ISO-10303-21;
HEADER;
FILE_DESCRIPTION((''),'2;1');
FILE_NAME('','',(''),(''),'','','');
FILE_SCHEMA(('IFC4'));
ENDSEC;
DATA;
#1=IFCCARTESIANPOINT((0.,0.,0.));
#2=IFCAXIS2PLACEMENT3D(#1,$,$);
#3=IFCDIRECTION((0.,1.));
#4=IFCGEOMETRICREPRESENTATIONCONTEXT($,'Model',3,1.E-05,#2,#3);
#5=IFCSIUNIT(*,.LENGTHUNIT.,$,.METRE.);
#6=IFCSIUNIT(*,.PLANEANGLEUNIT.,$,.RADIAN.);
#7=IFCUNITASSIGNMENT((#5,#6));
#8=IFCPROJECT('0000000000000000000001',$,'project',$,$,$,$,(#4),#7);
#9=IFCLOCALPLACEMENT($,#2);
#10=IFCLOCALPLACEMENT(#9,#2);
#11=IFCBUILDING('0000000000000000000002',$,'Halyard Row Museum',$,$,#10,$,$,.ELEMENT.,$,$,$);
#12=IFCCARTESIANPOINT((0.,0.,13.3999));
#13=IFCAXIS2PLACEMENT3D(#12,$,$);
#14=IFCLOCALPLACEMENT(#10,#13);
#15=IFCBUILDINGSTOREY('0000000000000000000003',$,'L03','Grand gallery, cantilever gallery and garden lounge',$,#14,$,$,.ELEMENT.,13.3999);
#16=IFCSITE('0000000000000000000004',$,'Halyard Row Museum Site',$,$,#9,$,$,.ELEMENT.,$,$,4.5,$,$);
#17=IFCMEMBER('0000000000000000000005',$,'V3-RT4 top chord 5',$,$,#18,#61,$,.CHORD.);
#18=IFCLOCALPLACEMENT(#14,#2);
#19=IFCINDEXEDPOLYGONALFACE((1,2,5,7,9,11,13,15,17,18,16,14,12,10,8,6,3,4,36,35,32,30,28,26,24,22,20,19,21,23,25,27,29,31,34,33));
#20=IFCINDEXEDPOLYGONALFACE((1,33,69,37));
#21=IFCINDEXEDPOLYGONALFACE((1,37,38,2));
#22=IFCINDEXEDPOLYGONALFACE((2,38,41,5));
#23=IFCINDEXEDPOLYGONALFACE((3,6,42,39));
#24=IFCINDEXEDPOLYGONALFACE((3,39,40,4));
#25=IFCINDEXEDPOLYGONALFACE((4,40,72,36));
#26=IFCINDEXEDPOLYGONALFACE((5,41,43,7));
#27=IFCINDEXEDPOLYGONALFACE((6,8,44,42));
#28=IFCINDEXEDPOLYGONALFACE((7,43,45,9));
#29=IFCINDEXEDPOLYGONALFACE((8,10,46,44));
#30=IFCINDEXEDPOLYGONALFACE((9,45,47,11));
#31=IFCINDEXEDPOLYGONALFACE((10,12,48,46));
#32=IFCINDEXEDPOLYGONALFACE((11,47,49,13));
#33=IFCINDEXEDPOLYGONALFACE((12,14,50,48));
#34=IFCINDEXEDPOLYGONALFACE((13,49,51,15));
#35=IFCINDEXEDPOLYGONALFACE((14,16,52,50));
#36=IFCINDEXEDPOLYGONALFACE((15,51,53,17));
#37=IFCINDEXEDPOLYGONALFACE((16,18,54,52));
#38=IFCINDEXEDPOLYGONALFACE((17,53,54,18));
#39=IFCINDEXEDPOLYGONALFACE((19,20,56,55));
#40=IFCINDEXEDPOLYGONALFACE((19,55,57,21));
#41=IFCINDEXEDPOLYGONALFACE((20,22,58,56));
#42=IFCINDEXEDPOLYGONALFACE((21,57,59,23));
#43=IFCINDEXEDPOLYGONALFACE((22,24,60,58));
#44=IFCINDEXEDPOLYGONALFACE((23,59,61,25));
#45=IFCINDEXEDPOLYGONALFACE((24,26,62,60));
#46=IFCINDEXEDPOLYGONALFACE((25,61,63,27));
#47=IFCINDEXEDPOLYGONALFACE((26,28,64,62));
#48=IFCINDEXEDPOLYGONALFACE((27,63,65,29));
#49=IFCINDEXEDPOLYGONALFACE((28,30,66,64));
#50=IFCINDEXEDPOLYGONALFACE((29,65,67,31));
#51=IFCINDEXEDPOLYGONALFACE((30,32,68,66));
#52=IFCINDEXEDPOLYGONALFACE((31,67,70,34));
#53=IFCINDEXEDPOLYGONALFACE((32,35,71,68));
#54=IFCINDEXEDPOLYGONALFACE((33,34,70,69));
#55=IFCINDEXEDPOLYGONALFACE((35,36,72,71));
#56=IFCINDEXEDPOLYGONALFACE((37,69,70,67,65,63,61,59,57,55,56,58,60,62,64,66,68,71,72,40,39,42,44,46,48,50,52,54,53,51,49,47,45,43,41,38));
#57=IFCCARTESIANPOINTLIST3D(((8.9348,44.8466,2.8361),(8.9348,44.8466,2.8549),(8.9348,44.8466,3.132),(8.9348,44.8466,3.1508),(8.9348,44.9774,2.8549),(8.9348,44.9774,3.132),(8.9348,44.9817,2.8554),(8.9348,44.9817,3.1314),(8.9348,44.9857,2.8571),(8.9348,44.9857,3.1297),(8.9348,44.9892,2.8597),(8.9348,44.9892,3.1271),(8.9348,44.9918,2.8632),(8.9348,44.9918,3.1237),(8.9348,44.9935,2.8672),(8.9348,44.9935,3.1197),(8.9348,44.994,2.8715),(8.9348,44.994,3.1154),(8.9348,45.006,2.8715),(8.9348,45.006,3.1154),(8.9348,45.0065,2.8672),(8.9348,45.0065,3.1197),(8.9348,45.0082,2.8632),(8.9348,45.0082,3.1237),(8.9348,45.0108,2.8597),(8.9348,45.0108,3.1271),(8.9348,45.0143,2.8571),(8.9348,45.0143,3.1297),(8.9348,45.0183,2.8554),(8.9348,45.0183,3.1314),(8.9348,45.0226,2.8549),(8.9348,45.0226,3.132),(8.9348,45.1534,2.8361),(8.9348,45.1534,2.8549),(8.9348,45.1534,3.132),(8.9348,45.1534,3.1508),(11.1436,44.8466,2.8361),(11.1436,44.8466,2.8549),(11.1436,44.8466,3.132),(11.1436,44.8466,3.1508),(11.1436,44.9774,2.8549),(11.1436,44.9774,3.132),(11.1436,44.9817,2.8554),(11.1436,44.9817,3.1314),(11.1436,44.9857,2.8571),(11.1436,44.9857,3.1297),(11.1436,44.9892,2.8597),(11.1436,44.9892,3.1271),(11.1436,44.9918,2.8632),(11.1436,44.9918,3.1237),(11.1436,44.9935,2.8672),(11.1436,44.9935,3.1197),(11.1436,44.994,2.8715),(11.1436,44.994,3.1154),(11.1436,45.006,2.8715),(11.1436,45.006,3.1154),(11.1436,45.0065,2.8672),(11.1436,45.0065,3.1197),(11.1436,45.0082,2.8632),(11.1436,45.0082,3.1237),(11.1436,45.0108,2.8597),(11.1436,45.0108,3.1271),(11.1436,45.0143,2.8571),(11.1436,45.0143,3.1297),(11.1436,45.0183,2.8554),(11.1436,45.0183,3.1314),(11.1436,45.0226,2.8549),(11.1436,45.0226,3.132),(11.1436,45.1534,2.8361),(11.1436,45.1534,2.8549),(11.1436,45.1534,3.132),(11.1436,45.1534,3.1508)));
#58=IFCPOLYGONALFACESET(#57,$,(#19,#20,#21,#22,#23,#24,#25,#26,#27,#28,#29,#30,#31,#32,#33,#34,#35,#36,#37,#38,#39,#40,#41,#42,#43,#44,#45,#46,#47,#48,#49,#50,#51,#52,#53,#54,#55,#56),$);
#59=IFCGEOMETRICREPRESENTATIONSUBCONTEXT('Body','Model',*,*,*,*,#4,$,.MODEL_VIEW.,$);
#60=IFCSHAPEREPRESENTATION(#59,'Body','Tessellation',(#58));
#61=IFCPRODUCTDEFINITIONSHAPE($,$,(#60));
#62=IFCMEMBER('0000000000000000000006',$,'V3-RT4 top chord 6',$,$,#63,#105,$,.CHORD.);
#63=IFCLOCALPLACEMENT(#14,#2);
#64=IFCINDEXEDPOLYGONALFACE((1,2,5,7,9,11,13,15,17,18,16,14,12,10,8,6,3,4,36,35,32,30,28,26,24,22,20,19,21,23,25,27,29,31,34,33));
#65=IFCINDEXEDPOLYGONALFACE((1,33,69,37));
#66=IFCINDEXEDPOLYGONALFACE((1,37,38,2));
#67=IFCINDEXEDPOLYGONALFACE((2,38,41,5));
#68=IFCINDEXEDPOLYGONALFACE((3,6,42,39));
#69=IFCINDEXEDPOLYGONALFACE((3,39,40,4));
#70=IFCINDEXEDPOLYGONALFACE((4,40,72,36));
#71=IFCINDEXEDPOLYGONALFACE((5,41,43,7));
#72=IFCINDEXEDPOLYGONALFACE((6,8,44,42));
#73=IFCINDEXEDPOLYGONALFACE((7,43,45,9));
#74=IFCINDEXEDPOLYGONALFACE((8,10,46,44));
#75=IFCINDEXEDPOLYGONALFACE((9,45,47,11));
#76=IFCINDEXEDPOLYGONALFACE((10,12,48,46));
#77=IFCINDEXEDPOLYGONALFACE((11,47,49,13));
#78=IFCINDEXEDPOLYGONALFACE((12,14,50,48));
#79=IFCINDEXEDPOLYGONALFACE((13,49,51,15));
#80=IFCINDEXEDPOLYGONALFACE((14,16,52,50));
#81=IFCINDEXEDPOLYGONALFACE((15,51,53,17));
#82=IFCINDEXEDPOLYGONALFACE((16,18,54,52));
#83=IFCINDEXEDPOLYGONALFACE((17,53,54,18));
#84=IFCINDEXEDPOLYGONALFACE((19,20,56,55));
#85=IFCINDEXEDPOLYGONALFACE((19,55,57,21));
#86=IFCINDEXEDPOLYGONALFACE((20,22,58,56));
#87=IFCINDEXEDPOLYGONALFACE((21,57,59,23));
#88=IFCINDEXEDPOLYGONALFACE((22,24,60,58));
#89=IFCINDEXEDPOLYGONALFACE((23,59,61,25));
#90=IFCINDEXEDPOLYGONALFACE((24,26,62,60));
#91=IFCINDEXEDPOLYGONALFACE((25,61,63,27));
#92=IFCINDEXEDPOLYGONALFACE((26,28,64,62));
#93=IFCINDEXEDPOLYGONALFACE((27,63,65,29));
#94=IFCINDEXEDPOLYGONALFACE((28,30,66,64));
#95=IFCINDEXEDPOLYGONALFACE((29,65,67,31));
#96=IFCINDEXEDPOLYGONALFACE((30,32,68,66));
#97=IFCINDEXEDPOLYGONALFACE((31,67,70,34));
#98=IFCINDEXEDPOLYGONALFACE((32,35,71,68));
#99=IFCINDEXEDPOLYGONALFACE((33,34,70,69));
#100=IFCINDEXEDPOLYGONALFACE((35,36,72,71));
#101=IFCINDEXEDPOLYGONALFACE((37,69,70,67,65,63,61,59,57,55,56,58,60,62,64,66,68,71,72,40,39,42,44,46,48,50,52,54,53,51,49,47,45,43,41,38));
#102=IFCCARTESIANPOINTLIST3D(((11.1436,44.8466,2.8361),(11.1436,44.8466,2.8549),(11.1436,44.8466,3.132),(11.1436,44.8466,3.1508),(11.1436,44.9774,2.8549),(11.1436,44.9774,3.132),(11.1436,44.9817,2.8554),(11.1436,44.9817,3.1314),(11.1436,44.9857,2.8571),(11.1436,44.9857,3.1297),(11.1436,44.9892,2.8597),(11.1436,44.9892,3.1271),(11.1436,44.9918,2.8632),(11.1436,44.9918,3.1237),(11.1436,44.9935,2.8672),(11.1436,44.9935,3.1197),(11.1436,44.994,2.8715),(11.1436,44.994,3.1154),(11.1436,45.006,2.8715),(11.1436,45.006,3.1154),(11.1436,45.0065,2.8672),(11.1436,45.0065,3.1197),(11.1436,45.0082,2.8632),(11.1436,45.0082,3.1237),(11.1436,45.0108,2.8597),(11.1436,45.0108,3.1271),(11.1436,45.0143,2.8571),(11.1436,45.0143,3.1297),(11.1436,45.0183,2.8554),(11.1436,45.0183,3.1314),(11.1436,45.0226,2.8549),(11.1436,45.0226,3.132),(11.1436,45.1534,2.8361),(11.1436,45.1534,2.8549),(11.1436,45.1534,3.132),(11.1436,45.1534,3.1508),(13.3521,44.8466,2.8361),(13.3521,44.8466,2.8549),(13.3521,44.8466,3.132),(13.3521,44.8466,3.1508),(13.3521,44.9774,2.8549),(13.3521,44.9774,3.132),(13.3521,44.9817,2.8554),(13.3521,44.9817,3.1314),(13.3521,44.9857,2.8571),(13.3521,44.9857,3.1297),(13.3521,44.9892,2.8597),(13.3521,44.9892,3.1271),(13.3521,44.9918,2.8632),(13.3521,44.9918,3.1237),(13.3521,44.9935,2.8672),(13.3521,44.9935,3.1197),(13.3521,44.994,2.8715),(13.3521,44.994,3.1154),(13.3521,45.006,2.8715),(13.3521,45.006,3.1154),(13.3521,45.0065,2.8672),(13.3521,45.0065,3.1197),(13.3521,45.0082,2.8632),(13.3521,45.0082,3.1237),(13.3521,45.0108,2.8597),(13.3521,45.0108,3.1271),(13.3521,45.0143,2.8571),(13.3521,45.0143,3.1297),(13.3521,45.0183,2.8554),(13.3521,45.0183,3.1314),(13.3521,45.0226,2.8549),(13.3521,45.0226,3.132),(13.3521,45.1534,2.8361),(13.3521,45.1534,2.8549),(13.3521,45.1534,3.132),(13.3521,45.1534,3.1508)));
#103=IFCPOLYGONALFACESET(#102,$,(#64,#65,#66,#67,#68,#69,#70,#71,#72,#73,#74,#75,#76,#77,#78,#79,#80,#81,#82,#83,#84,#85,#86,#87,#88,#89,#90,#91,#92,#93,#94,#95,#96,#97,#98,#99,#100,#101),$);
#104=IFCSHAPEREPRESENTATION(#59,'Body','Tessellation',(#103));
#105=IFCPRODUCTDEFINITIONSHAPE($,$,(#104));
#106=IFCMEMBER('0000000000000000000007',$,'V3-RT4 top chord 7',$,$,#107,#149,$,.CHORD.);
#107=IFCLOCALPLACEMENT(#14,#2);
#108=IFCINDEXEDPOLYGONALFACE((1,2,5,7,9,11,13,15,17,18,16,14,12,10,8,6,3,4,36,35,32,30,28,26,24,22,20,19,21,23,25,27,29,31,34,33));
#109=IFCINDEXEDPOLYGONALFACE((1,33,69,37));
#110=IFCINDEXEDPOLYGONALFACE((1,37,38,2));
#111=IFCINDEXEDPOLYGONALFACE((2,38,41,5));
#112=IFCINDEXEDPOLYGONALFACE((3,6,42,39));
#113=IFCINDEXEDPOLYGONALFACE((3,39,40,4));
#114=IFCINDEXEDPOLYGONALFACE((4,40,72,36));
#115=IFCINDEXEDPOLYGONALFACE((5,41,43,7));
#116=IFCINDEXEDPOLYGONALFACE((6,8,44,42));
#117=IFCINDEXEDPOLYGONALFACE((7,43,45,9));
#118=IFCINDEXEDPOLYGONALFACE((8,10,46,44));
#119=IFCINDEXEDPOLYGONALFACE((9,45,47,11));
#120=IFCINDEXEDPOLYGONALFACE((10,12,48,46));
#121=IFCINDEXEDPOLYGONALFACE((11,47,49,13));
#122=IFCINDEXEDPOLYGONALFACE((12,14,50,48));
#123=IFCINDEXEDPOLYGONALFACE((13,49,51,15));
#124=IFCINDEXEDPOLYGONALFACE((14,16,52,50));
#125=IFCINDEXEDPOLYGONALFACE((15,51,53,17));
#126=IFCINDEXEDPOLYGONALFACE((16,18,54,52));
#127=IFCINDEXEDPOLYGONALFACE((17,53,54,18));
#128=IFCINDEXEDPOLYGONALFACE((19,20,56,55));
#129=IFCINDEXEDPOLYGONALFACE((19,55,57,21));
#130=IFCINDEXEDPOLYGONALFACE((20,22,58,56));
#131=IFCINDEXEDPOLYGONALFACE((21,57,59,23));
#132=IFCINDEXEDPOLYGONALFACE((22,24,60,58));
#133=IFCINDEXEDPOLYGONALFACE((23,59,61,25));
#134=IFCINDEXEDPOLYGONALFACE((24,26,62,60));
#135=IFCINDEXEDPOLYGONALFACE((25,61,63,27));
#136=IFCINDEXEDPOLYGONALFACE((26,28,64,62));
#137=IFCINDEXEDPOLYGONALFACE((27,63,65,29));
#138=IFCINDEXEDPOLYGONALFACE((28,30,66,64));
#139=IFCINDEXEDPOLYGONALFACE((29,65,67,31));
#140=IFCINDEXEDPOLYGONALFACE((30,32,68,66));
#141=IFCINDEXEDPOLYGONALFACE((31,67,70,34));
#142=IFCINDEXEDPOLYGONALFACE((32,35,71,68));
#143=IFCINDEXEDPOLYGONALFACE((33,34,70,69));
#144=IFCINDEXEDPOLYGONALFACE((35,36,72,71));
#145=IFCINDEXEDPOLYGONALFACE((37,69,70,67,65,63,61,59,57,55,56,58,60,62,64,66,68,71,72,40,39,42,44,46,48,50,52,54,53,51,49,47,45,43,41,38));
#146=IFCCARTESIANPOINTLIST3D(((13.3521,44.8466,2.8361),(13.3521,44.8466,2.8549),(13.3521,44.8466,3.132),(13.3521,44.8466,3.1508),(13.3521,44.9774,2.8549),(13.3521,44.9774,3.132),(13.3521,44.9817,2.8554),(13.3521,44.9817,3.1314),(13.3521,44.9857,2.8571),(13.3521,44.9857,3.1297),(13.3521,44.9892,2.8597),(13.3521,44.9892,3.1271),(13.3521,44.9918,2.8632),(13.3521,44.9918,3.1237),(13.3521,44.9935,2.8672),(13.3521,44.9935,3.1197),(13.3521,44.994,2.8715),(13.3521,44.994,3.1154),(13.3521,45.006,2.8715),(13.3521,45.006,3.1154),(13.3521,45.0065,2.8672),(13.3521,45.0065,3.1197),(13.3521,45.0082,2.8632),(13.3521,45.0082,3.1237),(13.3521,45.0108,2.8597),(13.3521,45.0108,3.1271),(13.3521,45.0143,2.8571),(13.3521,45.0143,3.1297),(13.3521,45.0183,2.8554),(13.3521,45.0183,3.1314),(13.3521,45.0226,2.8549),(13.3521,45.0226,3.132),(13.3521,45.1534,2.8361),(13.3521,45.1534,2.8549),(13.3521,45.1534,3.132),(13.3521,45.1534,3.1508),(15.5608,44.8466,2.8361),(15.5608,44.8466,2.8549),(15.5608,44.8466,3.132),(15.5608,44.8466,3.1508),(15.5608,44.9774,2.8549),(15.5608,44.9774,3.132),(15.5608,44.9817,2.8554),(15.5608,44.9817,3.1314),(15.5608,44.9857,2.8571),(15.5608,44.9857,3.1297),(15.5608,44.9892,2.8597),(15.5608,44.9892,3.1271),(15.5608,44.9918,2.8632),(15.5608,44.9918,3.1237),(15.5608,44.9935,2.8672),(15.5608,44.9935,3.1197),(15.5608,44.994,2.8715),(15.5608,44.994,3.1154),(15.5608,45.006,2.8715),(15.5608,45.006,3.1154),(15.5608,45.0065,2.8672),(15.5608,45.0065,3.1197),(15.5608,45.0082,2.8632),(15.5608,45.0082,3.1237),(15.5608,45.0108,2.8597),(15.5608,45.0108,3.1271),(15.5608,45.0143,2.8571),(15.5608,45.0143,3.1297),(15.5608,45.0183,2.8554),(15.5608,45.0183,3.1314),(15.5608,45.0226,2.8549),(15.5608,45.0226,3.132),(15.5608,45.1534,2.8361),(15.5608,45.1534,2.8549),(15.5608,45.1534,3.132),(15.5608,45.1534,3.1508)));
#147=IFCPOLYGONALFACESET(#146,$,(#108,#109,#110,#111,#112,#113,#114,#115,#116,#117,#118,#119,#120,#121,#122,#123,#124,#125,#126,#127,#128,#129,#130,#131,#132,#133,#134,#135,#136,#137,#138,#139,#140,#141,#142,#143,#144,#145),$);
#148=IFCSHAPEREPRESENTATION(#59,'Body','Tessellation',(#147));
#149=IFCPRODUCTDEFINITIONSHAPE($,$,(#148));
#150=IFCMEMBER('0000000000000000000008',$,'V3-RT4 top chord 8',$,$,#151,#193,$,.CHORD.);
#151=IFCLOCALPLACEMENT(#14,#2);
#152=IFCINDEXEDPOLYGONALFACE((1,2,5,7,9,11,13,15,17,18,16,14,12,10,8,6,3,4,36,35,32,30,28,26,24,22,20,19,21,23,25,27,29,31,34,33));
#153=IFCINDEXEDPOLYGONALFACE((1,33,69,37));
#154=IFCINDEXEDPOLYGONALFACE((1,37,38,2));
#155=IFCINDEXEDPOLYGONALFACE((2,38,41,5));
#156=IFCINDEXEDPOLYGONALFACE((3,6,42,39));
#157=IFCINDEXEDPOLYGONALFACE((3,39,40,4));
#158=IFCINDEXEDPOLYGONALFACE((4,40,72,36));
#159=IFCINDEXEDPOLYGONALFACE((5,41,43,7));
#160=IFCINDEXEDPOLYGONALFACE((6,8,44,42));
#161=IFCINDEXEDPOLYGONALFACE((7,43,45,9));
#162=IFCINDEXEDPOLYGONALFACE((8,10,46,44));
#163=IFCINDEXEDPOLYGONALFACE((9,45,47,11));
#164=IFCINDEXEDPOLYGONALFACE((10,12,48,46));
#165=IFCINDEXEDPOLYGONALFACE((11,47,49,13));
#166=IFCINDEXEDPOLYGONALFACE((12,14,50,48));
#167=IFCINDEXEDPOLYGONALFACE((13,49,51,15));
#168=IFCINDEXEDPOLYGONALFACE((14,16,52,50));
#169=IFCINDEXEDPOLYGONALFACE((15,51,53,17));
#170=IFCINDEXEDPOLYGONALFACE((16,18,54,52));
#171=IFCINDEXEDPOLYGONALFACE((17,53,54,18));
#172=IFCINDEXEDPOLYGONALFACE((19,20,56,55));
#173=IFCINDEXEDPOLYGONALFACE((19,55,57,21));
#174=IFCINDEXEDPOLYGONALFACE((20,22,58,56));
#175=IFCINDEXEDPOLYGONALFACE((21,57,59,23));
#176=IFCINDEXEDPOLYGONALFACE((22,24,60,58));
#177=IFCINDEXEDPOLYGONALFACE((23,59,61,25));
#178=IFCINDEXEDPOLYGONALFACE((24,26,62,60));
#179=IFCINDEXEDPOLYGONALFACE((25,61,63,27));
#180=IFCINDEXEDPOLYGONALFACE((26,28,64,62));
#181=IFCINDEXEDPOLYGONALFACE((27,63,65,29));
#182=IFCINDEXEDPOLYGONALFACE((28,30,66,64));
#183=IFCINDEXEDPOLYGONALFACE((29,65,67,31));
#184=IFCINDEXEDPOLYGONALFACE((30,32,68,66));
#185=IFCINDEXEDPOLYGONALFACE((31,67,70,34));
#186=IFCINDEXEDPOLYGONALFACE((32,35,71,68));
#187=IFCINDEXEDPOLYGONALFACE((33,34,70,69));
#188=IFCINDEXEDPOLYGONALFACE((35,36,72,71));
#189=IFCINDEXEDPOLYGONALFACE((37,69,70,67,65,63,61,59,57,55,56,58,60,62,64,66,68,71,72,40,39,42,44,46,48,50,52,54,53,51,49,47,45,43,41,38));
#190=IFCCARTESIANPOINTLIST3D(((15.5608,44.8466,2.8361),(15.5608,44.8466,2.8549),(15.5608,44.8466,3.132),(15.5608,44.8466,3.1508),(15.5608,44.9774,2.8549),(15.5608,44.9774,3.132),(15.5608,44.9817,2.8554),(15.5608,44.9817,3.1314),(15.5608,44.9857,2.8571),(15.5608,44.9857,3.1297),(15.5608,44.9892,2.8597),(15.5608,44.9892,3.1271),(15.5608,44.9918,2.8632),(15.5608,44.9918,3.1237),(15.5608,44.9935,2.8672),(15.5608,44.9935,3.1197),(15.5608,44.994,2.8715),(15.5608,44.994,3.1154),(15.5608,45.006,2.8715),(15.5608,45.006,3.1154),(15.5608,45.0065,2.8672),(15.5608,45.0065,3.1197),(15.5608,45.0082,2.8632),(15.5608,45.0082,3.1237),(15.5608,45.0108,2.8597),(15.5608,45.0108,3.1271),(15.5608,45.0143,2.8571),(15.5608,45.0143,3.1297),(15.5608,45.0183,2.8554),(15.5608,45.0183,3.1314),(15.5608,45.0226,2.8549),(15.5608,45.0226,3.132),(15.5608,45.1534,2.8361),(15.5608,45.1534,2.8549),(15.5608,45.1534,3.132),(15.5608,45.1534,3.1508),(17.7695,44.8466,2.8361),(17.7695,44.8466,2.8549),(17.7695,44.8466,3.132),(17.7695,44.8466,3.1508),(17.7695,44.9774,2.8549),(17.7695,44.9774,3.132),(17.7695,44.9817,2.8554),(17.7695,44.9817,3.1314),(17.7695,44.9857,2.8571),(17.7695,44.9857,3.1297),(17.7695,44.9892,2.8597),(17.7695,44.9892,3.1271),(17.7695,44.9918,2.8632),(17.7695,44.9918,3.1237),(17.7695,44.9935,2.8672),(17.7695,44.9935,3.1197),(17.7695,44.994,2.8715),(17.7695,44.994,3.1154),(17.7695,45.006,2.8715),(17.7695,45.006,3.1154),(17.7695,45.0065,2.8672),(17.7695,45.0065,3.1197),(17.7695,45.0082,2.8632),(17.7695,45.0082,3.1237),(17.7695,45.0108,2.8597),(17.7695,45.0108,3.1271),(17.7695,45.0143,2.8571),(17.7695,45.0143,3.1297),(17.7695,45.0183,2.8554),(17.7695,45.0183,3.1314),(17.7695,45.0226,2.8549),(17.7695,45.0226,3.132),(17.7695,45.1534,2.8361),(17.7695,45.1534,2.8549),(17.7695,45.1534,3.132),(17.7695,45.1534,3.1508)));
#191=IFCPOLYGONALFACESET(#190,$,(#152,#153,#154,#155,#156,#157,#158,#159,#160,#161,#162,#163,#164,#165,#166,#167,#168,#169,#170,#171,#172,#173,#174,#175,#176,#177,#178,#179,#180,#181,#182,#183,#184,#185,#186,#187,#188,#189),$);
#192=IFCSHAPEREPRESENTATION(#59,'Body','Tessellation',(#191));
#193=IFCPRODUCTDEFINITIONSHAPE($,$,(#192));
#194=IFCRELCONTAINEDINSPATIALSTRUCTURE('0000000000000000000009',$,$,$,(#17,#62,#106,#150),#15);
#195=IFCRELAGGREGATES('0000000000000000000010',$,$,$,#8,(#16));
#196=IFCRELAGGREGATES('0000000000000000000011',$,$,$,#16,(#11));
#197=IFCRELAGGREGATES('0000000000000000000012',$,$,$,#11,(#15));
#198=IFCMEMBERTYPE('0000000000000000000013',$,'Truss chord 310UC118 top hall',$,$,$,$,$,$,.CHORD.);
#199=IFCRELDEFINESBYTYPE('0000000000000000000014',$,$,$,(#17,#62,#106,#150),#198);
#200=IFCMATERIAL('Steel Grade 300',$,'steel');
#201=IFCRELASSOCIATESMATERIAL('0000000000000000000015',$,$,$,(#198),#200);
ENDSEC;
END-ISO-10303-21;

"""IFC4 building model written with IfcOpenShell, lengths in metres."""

from ifc_helpers import new_model, si_unit, direction, frame, origin, origin_2d, place, context, subcontext, project, spatial, i_section, extrude, material, material_profile, profile_set, type_object, element, save


model = new_model("IFC4")

# Units and contexts
model_context = context("Model", 3, precision=1e-05, world=origin(), true_north=direction((0.0, 1.0)))
body_context = subcontext(model_context, "Body", "Model", "MODEL_VIEW")
ifc_project = project(units=[si_unit("LENGTHUNIT", "METRE"), si_unit("PLANEANGLEUNIT", "RADIAN")], contexts=[model_context])

# Site, building, storey
site_placement = place(None, origin())
site = spatial("IfcSite", under=ifc_project, at=site_placement, Name="Halyard Row Museum Site", CompositionType="ELEMENT", RefElevation=4.5)
building_placement = place(site_placement, origin())
building = spatial("IfcBuilding", under=site, at=building_placement, Name="Halyard Row Museum", CompositionType="ELEMENT")
storey_placement = place(building_placement, frame((0.0, 0.0, 13.3999)))
storey = spatial("IfcBuildingStorey", under=building, at=storey_placement, Name="L03", Description="Grand gallery, cantilever gallery and garden lounge", CompositionType="ELEMENT", Elevation=13.3999)

# Members
ifc_material_1 = material(Name="Steel Grade 300", Category="steel")
ifc_material_profile_1 = material_profile(ifc_material_1, i_section(OverallWidth=0.3069, OverallDepth=0.3147, WebThickness=0.012, FlangeThickness=0.0188, FilletRadius=0.0166, at=origin_2d()), Name="310UC118")
ifc_profile_set_1 = profile_set([ifc_material_profile_1], Name="Steel Grade 300")
member_type_1 = type_object("IfcMemberType", Name="Truss chord 310UC118 top hall", PredefinedType="CHORD", material=ifc_profile_set_1)
for number, where, z_axis, x_axis, name in (
    (1, (8.9348, 45.0, 2.9934), (1.0, 0.0, 0.0), (0.0, 1.0, 0.0), "V3-RT4 top chord 5"),
):
    element("IfcMember", number, at=place(storey_placement, frame(where, z_axis=z_axis, x_axis=x_axis)), inside=storey, type_object=member_type_1, Name=name, PredefinedType="CHORD", context=body_context, shape_type="SweptSolid", body=[
        extrude(i_section(OverallWidth=0.3069, OverallDepth=0.3147, WebThickness=0.012, FlangeThickness=0.0188, FilletRadius=0.0166, at=origin_2d()), origin(), (0.0, 0.0, 1.0), 2.2087),
    ])
member_1_placement = place(storey_placement, frame((11.1436, 45.0, 2.9934), z_axis=(1.0, 0.0, 0.0), x_axis=(0.0, 1.0, 0.0)))
element("IfcMember", 2, at=member_1_placement, inside=storey, type_object=member_type_1, Name="V3-RT4 top chord 6", PredefinedType="CHORD", context=body_context, shape_type="SweptSolid", body=[
    extrude(i_section(OverallWidth=0.3069, OverallDepth=0.3147, WebThickness=0.012, FlangeThickness=0.0188, FilletRadius=0.0166, at=origin_2d()), origin(), (0.0, 0.0, 1.0), 2.2085),
])
for number, where, z_axis, x_axis, name in (
    (3, (13.3521, 45.0, 2.9934), (1.0, 0.0, 0.0), (0.0, 1.0, 0.0), "V3-RT4 top chord 7"),
    (4, (15.5608, 45.0, 2.9934), (1.0, 0.0, 0.0), (0.0, 1.0, 0.0), "V3-RT4 top chord 8"),
):
    element("IfcMember", number, at=place(storey_placement, frame(where, z_axis=z_axis, x_axis=x_axis)), inside=storey, type_object=member_type_1, Name=name, PredefinedType="CHORD", context=body_context, shape_type="SweptSolid", body=[
        extrude(i_section(OverallWidth=0.3069, OverallDepth=0.3147, WebThickness=0.012, FlangeThickness=0.0188, FilletRadius=0.0166, at=origin_2d()), origin(), (0.0, 0.0, 1.0), 2.2087),
    ])

save(model, "model.ifc")
